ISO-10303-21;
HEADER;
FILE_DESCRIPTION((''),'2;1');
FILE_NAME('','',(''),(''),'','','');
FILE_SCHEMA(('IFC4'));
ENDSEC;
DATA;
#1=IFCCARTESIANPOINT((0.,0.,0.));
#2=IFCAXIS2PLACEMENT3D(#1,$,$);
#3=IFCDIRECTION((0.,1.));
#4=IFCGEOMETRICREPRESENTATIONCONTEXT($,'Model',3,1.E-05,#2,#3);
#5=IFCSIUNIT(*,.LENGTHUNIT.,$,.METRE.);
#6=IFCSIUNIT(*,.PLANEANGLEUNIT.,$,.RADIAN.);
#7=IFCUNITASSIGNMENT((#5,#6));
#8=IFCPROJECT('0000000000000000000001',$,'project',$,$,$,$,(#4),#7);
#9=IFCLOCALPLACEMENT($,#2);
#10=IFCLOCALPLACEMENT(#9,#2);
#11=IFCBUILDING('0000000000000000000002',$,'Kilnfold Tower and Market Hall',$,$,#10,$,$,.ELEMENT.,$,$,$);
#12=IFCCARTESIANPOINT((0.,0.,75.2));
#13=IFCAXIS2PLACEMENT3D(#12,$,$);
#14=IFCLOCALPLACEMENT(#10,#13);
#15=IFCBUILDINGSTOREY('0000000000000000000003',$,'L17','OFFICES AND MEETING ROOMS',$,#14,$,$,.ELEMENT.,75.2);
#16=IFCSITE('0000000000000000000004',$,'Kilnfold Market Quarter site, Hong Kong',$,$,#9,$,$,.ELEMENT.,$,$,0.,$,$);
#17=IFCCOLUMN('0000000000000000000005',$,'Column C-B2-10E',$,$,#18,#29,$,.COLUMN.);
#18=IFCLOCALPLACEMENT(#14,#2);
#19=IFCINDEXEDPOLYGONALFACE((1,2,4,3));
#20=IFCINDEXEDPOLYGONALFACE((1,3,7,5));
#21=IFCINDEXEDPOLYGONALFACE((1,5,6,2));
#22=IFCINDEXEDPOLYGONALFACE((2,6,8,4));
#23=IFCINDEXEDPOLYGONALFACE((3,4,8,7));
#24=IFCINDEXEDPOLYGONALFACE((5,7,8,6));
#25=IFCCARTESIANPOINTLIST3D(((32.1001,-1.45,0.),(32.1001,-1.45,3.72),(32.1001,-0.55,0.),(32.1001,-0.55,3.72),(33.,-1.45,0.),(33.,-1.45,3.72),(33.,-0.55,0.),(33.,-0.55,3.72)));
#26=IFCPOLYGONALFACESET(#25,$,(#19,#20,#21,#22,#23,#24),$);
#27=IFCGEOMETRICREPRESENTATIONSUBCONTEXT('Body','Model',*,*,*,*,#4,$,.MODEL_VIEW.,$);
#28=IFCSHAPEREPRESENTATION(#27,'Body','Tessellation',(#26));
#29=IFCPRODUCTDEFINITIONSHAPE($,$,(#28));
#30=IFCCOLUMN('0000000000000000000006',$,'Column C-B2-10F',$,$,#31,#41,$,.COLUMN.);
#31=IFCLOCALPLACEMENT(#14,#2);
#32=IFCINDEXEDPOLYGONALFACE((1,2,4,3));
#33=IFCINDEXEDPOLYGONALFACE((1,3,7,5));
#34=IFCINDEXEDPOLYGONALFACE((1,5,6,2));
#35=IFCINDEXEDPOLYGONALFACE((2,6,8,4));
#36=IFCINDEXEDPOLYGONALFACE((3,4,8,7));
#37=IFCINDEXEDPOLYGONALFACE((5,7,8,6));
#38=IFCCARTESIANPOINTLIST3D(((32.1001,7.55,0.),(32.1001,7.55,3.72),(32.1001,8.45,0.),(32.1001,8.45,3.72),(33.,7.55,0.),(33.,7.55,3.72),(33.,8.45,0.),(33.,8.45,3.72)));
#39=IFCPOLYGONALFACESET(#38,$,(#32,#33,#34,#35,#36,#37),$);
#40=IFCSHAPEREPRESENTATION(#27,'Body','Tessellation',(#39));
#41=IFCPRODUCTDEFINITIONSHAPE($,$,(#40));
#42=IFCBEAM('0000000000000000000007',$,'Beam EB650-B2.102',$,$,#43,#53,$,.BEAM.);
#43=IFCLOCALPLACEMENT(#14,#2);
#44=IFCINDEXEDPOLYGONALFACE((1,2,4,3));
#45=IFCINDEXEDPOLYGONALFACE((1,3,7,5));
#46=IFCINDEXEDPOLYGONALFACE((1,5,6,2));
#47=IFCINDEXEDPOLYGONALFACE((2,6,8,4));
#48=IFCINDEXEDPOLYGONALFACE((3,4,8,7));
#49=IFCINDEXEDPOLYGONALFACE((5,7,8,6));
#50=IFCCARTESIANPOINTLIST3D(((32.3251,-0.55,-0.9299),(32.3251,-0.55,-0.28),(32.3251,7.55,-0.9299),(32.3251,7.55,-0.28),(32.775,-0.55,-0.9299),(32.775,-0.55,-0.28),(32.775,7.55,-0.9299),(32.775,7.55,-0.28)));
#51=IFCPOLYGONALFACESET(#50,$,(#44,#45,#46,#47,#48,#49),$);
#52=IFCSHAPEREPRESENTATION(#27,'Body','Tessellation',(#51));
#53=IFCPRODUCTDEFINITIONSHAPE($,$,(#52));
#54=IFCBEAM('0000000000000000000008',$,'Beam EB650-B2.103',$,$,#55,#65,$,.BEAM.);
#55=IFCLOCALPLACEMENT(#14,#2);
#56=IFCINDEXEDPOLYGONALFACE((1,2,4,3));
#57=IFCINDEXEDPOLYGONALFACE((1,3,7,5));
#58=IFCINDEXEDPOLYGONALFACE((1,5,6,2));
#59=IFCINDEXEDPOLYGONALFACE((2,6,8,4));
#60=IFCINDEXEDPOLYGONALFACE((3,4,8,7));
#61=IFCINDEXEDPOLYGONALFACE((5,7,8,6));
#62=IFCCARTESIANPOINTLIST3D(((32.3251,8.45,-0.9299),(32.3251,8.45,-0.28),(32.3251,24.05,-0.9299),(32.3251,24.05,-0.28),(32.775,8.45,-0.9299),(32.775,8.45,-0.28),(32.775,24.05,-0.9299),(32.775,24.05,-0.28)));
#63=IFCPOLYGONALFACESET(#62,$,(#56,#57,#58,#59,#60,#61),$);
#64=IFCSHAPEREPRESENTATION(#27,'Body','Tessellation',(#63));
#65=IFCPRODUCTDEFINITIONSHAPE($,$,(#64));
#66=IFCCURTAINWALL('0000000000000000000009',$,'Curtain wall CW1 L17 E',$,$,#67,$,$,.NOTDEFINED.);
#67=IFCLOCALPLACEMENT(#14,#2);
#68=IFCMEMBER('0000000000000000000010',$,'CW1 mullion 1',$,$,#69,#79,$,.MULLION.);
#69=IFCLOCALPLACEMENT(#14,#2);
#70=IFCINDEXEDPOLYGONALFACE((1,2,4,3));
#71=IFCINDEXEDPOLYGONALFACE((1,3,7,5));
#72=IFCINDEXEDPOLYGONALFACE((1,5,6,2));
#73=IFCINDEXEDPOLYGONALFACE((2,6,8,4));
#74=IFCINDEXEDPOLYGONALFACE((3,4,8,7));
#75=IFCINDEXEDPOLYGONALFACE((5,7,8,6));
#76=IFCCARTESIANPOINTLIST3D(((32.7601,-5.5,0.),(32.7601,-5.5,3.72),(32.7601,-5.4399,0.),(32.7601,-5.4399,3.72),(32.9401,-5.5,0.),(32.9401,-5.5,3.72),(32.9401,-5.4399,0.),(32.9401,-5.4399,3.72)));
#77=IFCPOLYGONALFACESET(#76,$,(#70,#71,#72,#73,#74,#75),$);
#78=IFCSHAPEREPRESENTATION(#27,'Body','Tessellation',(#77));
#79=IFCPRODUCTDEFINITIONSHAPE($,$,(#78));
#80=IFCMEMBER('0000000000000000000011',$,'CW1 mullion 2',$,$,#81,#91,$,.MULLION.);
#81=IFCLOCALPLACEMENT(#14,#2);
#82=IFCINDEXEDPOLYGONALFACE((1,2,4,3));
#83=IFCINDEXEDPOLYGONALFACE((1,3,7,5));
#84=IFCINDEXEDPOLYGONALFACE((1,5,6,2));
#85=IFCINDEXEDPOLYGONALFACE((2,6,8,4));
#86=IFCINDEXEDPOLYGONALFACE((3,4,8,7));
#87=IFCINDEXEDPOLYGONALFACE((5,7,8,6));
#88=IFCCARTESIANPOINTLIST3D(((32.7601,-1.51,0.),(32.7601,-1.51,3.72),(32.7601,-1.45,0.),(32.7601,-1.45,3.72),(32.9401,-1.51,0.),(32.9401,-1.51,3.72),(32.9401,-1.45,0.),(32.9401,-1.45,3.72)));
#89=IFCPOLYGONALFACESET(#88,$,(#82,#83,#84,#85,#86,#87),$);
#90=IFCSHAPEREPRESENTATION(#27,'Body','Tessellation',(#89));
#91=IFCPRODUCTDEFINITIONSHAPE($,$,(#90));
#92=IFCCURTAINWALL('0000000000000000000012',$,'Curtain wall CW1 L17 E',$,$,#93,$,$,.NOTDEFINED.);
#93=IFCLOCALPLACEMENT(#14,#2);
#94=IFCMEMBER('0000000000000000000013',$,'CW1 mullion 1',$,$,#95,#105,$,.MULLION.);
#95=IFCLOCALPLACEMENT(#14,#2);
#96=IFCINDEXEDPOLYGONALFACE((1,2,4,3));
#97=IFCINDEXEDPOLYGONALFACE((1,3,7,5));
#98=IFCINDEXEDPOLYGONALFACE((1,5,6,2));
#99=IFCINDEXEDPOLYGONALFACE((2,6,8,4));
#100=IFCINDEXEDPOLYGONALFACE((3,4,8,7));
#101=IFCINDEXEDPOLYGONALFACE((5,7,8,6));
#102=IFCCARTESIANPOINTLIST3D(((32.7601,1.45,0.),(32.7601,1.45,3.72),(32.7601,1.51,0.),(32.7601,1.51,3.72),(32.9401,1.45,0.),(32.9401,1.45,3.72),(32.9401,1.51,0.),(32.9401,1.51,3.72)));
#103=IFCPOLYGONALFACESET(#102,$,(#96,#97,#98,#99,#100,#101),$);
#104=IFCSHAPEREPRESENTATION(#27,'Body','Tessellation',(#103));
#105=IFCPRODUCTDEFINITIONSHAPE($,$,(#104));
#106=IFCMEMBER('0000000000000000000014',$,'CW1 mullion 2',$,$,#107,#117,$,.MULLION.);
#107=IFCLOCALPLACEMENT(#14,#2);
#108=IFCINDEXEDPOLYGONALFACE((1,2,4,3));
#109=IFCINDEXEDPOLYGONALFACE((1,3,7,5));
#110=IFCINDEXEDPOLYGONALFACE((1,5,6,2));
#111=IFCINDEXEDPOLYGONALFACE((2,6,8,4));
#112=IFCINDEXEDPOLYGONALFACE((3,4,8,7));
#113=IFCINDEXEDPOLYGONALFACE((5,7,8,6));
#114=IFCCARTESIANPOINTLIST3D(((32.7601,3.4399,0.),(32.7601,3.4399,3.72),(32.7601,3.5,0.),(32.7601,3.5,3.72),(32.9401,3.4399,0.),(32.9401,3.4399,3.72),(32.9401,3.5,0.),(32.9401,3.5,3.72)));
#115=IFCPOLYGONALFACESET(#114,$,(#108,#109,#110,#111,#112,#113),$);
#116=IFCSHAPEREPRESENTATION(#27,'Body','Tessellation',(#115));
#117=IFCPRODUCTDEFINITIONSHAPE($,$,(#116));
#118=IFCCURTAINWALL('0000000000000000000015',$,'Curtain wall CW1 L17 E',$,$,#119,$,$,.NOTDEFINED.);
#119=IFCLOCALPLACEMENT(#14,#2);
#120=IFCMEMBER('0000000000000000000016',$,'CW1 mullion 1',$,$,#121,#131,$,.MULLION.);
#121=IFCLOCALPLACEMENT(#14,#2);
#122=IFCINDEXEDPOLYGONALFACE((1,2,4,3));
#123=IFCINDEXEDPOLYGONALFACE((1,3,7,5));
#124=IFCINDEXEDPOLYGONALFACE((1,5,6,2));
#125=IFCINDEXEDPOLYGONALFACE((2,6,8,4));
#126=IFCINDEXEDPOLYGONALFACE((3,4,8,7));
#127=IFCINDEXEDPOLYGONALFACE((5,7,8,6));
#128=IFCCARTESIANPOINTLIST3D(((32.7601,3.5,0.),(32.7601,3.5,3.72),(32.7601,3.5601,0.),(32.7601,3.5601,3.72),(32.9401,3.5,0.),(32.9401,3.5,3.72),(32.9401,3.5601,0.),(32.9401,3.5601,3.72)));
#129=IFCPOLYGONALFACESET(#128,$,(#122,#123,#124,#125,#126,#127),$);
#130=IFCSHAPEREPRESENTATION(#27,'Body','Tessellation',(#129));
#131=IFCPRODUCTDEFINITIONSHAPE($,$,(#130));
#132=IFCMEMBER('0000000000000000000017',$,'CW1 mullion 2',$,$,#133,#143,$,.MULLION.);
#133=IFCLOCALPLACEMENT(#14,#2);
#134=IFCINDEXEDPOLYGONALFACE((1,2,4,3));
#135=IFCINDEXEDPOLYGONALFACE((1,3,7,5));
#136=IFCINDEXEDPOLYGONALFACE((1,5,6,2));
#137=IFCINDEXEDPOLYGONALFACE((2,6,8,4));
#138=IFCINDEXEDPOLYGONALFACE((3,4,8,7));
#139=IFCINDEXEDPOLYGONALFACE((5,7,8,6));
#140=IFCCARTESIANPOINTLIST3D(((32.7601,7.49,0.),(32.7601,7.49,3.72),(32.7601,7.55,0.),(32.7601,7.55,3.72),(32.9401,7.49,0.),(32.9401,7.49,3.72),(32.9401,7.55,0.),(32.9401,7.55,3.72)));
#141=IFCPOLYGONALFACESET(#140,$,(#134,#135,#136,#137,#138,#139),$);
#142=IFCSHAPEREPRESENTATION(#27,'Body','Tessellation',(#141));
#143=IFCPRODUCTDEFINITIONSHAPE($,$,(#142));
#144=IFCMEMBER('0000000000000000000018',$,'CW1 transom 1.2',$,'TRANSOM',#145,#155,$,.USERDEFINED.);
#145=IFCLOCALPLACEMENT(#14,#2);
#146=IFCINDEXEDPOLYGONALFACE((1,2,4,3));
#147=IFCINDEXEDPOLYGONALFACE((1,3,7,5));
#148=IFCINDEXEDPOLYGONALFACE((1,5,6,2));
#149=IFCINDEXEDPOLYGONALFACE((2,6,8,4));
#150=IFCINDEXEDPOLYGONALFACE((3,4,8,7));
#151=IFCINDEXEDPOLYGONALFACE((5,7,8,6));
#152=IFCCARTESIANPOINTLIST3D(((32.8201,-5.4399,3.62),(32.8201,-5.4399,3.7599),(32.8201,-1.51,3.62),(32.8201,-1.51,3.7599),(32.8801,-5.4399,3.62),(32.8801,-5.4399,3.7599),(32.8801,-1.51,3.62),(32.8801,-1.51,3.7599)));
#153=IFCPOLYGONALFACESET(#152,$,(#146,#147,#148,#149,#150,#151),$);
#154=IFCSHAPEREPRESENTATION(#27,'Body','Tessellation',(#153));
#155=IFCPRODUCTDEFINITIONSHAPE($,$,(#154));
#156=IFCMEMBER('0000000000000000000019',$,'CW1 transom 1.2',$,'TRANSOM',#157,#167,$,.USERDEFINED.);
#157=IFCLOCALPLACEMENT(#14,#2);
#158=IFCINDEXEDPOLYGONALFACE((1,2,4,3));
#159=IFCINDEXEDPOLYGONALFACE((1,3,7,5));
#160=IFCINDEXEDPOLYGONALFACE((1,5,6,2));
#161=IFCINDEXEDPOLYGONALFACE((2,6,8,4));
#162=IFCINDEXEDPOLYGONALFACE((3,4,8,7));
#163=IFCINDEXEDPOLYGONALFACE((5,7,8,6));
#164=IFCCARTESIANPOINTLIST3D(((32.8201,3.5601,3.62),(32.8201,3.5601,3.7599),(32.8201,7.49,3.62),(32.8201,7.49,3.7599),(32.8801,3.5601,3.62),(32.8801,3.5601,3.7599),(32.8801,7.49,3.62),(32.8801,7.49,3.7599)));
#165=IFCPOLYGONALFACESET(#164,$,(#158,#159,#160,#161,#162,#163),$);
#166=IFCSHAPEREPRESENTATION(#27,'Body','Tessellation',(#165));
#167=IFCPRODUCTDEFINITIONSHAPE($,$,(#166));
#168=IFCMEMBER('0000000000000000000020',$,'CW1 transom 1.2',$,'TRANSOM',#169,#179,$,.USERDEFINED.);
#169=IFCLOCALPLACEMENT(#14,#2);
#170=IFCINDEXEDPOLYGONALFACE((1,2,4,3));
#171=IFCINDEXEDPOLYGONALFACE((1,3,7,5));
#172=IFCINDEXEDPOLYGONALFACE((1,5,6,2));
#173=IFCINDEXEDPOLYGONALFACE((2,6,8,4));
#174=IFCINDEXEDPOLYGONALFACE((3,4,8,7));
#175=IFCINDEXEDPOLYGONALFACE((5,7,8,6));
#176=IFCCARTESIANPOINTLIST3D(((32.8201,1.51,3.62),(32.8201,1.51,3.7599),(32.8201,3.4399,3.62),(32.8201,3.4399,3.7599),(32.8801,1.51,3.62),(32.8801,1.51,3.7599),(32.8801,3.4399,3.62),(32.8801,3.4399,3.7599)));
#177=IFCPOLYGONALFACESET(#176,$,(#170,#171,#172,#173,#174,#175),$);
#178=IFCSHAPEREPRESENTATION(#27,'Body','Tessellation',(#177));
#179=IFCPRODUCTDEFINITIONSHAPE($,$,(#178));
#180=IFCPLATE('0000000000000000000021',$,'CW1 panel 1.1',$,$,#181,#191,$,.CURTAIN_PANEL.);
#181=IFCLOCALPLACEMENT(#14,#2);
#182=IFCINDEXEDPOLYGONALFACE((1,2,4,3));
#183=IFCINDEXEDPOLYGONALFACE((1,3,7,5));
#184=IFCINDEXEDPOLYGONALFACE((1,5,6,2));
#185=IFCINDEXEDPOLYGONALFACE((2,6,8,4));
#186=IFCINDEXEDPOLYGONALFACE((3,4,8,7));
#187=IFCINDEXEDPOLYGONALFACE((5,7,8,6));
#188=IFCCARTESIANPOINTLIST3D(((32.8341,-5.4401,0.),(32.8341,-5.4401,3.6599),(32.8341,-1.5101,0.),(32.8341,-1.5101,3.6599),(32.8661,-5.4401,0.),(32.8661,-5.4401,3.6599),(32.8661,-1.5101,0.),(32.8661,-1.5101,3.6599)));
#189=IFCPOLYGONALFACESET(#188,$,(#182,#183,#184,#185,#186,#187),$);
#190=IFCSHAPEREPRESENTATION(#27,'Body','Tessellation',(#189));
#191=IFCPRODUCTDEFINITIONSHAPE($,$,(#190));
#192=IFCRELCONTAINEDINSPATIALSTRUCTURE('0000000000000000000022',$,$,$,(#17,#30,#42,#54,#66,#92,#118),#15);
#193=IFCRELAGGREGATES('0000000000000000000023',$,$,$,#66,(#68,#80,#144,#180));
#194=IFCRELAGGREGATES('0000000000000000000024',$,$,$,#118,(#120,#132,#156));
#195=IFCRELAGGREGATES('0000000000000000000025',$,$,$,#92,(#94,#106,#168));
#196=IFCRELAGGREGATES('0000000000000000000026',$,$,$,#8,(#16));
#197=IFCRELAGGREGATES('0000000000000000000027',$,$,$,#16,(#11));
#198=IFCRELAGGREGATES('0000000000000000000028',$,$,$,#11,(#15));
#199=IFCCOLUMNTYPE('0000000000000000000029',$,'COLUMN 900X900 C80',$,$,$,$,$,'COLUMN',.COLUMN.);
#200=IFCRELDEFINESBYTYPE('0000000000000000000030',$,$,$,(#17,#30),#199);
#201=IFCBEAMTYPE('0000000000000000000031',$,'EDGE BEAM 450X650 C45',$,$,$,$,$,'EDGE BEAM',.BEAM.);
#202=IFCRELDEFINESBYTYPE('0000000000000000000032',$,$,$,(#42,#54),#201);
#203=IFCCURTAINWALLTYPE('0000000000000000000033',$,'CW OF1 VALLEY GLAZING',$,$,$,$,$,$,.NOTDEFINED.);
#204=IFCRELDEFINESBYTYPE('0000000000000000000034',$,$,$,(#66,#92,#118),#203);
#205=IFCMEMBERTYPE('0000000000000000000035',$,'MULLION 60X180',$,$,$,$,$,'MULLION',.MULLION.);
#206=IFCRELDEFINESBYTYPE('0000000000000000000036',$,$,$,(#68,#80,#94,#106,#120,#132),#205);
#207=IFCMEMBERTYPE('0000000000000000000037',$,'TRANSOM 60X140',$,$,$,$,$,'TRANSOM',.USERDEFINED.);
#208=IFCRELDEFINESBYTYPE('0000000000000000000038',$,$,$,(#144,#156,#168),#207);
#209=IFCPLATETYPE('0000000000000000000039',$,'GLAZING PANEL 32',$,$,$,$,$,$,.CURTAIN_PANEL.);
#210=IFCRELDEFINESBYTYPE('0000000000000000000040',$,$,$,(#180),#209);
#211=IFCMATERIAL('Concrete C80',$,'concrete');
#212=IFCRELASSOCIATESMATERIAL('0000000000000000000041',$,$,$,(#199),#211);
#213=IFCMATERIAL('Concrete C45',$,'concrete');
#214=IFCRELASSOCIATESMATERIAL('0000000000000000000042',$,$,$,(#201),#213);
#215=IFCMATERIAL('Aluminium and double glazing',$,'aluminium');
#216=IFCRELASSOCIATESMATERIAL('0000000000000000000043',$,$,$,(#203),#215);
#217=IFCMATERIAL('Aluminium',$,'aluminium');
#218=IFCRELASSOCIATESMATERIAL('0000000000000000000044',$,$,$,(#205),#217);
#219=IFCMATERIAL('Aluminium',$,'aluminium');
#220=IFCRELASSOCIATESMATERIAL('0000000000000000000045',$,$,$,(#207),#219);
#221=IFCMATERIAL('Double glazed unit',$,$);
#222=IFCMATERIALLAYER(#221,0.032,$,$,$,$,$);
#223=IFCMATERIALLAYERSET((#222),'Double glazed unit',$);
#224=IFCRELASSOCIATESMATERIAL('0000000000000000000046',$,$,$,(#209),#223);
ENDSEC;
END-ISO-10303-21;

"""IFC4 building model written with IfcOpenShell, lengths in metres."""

from ifc_helpers import new_model, si_unit, direction, frame, origin, origin_2d, place, context, subcontext, project, spatial, rectangle, extrude, source, transform, mapped, material, layer, layer_set, material_profile, profile_set, type_object, element, aggregate, save


model = new_model("IFC4")

# Units and contexts
model_context = context("Model", 3, precision=1e-05, world=origin(), true_north=direction((0.0, 1.0)))
body_context = subcontext(model_context, "Body", "Model", "MODEL_VIEW")
ifc_project = project(units=[si_unit("LENGTHUNIT", "METRE"), si_unit("PLANEANGLEUNIT", "RADIAN")], contexts=[model_context])

# Site, building, storey
site_placement = place(None, origin())
site = spatial("IfcSite", under=ifc_project, at=site_placement, Name="Kilnfold Market Quarter site, Hong Kong", CompositionType="ELEMENT", RefElevation=0.0)
building_placement = place(site_placement, origin())
building = spatial("IfcBuilding", under=site, at=building_placement, Name="Kilnfold Tower and Market Hall", CompositionType="ELEMENT")
storey_placement = place(building_placement, frame((0.0, 0.0, 75.2)))
storey = spatial("IfcBuildingStorey", under=building, at=storey_placement, Name="L17", Description="OFFICES AND MEETING ROOMS", CompositionType="ELEMENT", Elevation=75.2)

# Columns
ifc_material_1 = material(Name="Concrete C80", Category="concrete")
ifc_material_profile_1 = material_profile(ifc_material_1, rectangle(XDim=0.8999, YDim=0.8999, at=origin_2d()), Name="RC 900x900")
ifc_profile_set_1 = profile_set([ifc_material_profile_1], Name="Concrete C80")
column_type = type_object("IfcColumnType", Name="COLUMN 900X900 C80", ElementType="COLUMN", PredefinedType="COLUMN", material=ifc_profile_set_1)
shared_shape_1 = source(origin(), body_context, "Body", "SweptSolid", [
    extrude(rectangle(XDim=0.8999, YDim=0.8999, at=origin_2d()), origin(), (0.0, 0.0, 1.0), 3.72),
])
for number, where, z_axis, x_axis, name in (
    (1, (32.55, -1.0, 0.0), (0.0, 0.0, 1.0), (1.0, 0.0, 0.0), "Column C-B2-10E"),
    (2, (32.55, 8.0, 0.0), (0.0, 0.0, 1.0), (1.0, 0.0, 0.0), "Column C-B2-10F"),
):
    element("IfcColumn", number, at=place(storey_placement, frame(where, z_axis=z_axis, x_axis=x_axis)), inside=storey, type_object=column_type, Name=name, PredefinedType="COLUMN", context=body_context, shape_type="MappedRepresentation", body=[
        mapped(shared_shape_1, transform((0.0, 0.0, 0.0))),
    ])

# Beams
ifc_material_2 = material(Name="Concrete C45", Category="concrete")
ifc_material_profile_2 = material_profile(ifc_material_2, rectangle(XDim=0.45, YDim=0.6499, at=origin_2d()), Name="RC 450x650")
ifc_profile_set_2 = profile_set([ifc_material_profile_2], Name="Concrete C45")
beam_type = type_object("IfcBeamType", Name="EDGE BEAM 450X650 C45", ElementType="EDGE BEAM", PredefinedType="BEAM", material=ifc_profile_set_2)
shared_shape_2 = source(origin(), body_context, "Body", "SweptSolid", [
    extrude(rectangle(XDim=0.45, YDim=0.6499, at=origin_2d()), origin(), (0.0, 0.0, 1.0), 8.1001),
])
beam_1_placement = place(storey_placement, frame((32.55, -0.55, -0.605), z_axis=(0.0, 1.0, 0.0), x_axis=(-1.0, 0.0, 0.0)))
element("IfcBeam", 3, at=beam_1_placement, inside=storey, type_object=beam_type, Name="Beam EB650-B2.102", PredefinedType="BEAM", context=body_context, shape_type="MappedRepresentation", body=[
    mapped(shared_shape_2, transform((0.0, 0.0, 0.0))),
])
shared_shape_3 = source(origin(), body_context, "Body", "SweptSolid", [
    extrude(rectangle(XDim=0.45, YDim=0.6499, at=origin_2d()), origin(), (0.0, 0.0, 1.0), 15.6001),
])
beam_2_placement = place(storey_placement, frame((32.55, 8.45, -0.605), z_axis=(0.0, 1.0, 0.0), x_axis=(-1.0, 0.0, 0.0)))
element("IfcBeam", 4, at=beam_2_placement, inside=storey, type_object=beam_type, Name="Beam EB650-B2.103", PredefinedType="BEAM", context=body_context, shape_type="MappedRepresentation", body=[
    mapped(shared_shape_3, transform((0.0, 0.0, 0.0))),
])

# Curtain walls, members
ifc_material_3 = material(Name="Aluminium and double glazing", Category="aluminium")
curtain_wall_type = type_object("IfcCurtainWallType", Name="CW OF1 VALLEY GLAZING", PredefinedType="NOTDEFINED", material=ifc_material_3)
curtain_wall_1_placement = place(storey_placement, origin())
curtain_wall_1 = element("IfcCurtainWall", 5, at=curtain_wall_1_placement, inside=storey, type_object=curtain_wall_type, Name="Curtain wall CW1 L17 E", PredefinedType="NOTDEFINED")
ifc_material_4 = material(Name="Aluminium", Category="aluminium")
ifc_material_profile_3 = material_profile(ifc_material_4, rectangle(XDim=0.0601, YDim=0.1799, at=origin_2d()), Name="MULLION 60x180")
ifc_profile_set_3 = profile_set([ifc_material_profile_3], Name="Aluminium")
member_type_1 = type_object("IfcMemberType", Name="MULLION 60X180", ElementType="MULLION", PredefinedType="MULLION", material=ifc_profile_set_3)
shared_shape_4 = source(origin(), body_context, "Body", "SweptSolid", [
    extrude(rectangle(XDim=0.0601, YDim=0.1799, at=origin_2d()), origin(), (0.0, 0.0, 1.0), 3.72),
])
member_1_placement = place(storey_placement, frame((32.8501, -5.47, 0.0), z_axis=(0.0, 0.0, 1.0), x_axis=(0.0, 1.0, 0.0)))
member_1 = element("IfcMember", 6, at=member_1_placement, type_object=member_type_1, Name="CW1 mullion 1", PredefinedType="MULLION", context=body_context, shape_type="MappedRepresentation", body=[
    mapped(shared_shape_4, transform((0.0, 0.0, 0.0))),
])
member_2_placement = place(storey_placement, frame((32.8501, -1.48, 0.0), z_axis=(0.0, 0.0, 1.0), x_axis=(0.0, 1.0, 0.0)))
member_2 = element("IfcMember", 7, at=member_2_placement, type_object=member_type_1, Name="CW1 mullion 2", PredefinedType="MULLION", context=body_context, shape_type="MappedRepresentation", body=[
    mapped(shared_shape_4, transform((0.0, 0.0, 0.0))),
])
curtain_wall_2_placement = place(storey_placement, origin())
curtain_wall_2 = element("IfcCurtainWall", 8, at=curtain_wall_2_placement, inside=storey, type_object=curtain_wall_type, Name="Curtain wall CW1 L17 E", PredefinedType="NOTDEFINED")
member_3_placement = place(storey_placement, frame((32.8501, 1.48, 0.0), z_axis=(0.0, 0.0, 1.0), x_axis=(0.0, 1.0, 0.0)))
member_3 = element("IfcMember", 9, at=member_3_placement, type_object=member_type_1, Name="CW1 mullion 1", PredefinedType="MULLION", context=body_context, shape_type="MappedRepresentation", body=[
    mapped(shared_shape_4, transform((0.0, 0.0, 0.0))),
])
member_4_placement = place(storey_placement, frame((32.8501, 3.47, 0.0), z_axis=(0.0, 0.0, 1.0), x_axis=(0.0, 1.0, 0.0)))
member_4 = element("IfcMember", 10, at=member_4_placement, type_object=member_type_1, Name="CW1 mullion 2", PredefinedType="MULLION", context=body_context, shape_type="MappedRepresentation", body=[
    mapped(shared_shape_4, transform((0.0, 0.0, 0.0))),
])
curtain_wall_3_placement = place(storey_placement, origin())
curtain_wall_3 = element("IfcCurtainWall", 11, at=curtain_wall_3_placement, inside=storey, type_object=curtain_wall_type, Name="Curtain wall CW1 L17 E", PredefinedType="NOTDEFINED")
member_5_placement = place(storey_placement, frame((32.8501, 3.53, 0.0), z_axis=(0.0, 0.0, 1.0), x_axis=(0.0, 1.0, 0.0)))
member_5 = element("IfcMember", 12, at=member_5_placement, type_object=member_type_1, Name="CW1 mullion 1", PredefinedType="MULLION", context=body_context, shape_type="MappedRepresentation", body=[
    mapped(shared_shape_4, transform((0.0, 0.0, 0.0))),
])
member_6_placement = place(storey_placement, frame((32.8501, 7.52, 0.0), z_axis=(0.0, 0.0, 1.0), x_axis=(0.0, 1.0, 0.0)))
member_6 = element("IfcMember", 13, at=member_6_placement, type_object=member_type_1, Name="CW1 mullion 2", PredefinedType="MULLION", context=body_context, shape_type="MappedRepresentation", body=[
    mapped(shared_shape_4, transform((0.0, 0.0, 0.0))),
])

# Members
ifc_material_5 = material(Name="Aluminium", Category="aluminium")
ifc_material_profile_4 = material_profile(ifc_material_5, rectangle(XDim=0.0601, YDim=0.1399, at=origin_2d()), Name="TRANSOM 60x140")
ifc_profile_set_4 = profile_set([ifc_material_profile_4], Name="Aluminium")
member_type_2 = type_object("IfcMemberType", Name="TRANSOM 60X140", ElementType="TRANSOM", PredefinedType="USERDEFINED", material=ifc_profile_set_4)
shared_shape_5 = source(origin(), body_context, "Body", "SweptSolid", [
    extrude(rectangle(XDim=0.0601, YDim=0.1399, at=origin_2d()), origin(), (0.0, 0.0, 1.0), 3.9299),
])
member_7_placement = place(storey_placement, frame((32.8501, -5.4399, 3.6899), z_axis=(0.0, 1.0, 0.0), x_axis=(-1.0, 0.0, 0.0)))
member_7 = element("IfcMember", 14, at=member_7_placement, type_object=member_type_2, Name="CW1 transom 1.2", ObjectType="TRANSOM", PredefinedType="USERDEFINED", context=body_context, shape_type="MappedRepresentation", body=[
    mapped(shared_shape_5, transform((0.0, 0.0, 0.0))),
])
member_8_placement = place(storey_placement, frame((32.8501, 3.5601, 3.6899), z_axis=(0.0, 1.0, 0.0), x_axis=(-1.0, 0.0, 0.0)))
member_8 = element("IfcMember", 15, at=member_8_placement, type_object=member_type_2, Name="CW1 transom 1.2", ObjectType="TRANSOM", PredefinedType="USERDEFINED", context=body_context, shape_type="MappedRepresentation", body=[
    mapped(shared_shape_5, transform((0.0, 0.0, 0.0))),
])
shared_shape_6 = source(origin(), body_context, "Body", "SweptSolid", [
    extrude(rectangle(XDim=0.0601, YDim=0.1399, at=origin_2d()), origin(), (0.0, 0.0, 1.0), 1.9299),
])
member_9_placement = place(storey_placement, frame((32.8501, 1.51, 3.6899), z_axis=(0.0, 1.0, 0.0), x_axis=(-1.0, 0.0, 0.0)))
member_9 = element("IfcMember", 16, at=member_9_placement, type_object=member_type_2, Name="CW1 transom 1.2", ObjectType="TRANSOM", PredefinedType="USERDEFINED", context=body_context, shape_type="MappedRepresentation", body=[
    mapped(shared_shape_6, transform((0.0, 0.0, 0.0))),
])

# Plate
ifc_material_6 = material(Name="Double glazed unit")
ifc_layer_1 = layer(ifc_material_6, 0.032)
ifc_layer_set_1 = layer_set([ifc_layer_1], Name="Double glazed unit")
plate_type = type_object("IfcPlateType", Name="GLAZING PANEL 32", PredefinedType="CURTAIN_PANEL", material=ifc_layer_set_1)
shared_shape_7 = source(origin(), body_context, "Body", "SweptSolid", [
    extrude(rectangle(XDim=3.9299, YDim=0.032, at=origin_2d()), origin(), (0.0, 0.0, 1.0), 3.6599),
])
plate_1_placement = place(storey_placement, frame((32.8501, -3.4751, 0.0), z_axis=(0.0, 0.0, 1.0), x_axis=(0.0, 1.0, 0.0)))
plate_1 = element("IfcPlate", 17, at=plate_1_placement, type_object=plate_type, Name="CW1 panel 1.1", PredefinedType="CURTAIN_PANEL", context=body_context, shape_type="MappedRepresentation", body=[
    mapped(shared_shape_7, transform((0.0, 0.0, 0.0))),
])
aggregate(curtain_wall_1, [member_1, member_2, member_7, plate_1])
aggregate(curtain_wall_3, [member_5, member_6, member_8])
aggregate(curtain_wall_2, [member_3, member_4, member_9])

save(model, "model.ifc")
